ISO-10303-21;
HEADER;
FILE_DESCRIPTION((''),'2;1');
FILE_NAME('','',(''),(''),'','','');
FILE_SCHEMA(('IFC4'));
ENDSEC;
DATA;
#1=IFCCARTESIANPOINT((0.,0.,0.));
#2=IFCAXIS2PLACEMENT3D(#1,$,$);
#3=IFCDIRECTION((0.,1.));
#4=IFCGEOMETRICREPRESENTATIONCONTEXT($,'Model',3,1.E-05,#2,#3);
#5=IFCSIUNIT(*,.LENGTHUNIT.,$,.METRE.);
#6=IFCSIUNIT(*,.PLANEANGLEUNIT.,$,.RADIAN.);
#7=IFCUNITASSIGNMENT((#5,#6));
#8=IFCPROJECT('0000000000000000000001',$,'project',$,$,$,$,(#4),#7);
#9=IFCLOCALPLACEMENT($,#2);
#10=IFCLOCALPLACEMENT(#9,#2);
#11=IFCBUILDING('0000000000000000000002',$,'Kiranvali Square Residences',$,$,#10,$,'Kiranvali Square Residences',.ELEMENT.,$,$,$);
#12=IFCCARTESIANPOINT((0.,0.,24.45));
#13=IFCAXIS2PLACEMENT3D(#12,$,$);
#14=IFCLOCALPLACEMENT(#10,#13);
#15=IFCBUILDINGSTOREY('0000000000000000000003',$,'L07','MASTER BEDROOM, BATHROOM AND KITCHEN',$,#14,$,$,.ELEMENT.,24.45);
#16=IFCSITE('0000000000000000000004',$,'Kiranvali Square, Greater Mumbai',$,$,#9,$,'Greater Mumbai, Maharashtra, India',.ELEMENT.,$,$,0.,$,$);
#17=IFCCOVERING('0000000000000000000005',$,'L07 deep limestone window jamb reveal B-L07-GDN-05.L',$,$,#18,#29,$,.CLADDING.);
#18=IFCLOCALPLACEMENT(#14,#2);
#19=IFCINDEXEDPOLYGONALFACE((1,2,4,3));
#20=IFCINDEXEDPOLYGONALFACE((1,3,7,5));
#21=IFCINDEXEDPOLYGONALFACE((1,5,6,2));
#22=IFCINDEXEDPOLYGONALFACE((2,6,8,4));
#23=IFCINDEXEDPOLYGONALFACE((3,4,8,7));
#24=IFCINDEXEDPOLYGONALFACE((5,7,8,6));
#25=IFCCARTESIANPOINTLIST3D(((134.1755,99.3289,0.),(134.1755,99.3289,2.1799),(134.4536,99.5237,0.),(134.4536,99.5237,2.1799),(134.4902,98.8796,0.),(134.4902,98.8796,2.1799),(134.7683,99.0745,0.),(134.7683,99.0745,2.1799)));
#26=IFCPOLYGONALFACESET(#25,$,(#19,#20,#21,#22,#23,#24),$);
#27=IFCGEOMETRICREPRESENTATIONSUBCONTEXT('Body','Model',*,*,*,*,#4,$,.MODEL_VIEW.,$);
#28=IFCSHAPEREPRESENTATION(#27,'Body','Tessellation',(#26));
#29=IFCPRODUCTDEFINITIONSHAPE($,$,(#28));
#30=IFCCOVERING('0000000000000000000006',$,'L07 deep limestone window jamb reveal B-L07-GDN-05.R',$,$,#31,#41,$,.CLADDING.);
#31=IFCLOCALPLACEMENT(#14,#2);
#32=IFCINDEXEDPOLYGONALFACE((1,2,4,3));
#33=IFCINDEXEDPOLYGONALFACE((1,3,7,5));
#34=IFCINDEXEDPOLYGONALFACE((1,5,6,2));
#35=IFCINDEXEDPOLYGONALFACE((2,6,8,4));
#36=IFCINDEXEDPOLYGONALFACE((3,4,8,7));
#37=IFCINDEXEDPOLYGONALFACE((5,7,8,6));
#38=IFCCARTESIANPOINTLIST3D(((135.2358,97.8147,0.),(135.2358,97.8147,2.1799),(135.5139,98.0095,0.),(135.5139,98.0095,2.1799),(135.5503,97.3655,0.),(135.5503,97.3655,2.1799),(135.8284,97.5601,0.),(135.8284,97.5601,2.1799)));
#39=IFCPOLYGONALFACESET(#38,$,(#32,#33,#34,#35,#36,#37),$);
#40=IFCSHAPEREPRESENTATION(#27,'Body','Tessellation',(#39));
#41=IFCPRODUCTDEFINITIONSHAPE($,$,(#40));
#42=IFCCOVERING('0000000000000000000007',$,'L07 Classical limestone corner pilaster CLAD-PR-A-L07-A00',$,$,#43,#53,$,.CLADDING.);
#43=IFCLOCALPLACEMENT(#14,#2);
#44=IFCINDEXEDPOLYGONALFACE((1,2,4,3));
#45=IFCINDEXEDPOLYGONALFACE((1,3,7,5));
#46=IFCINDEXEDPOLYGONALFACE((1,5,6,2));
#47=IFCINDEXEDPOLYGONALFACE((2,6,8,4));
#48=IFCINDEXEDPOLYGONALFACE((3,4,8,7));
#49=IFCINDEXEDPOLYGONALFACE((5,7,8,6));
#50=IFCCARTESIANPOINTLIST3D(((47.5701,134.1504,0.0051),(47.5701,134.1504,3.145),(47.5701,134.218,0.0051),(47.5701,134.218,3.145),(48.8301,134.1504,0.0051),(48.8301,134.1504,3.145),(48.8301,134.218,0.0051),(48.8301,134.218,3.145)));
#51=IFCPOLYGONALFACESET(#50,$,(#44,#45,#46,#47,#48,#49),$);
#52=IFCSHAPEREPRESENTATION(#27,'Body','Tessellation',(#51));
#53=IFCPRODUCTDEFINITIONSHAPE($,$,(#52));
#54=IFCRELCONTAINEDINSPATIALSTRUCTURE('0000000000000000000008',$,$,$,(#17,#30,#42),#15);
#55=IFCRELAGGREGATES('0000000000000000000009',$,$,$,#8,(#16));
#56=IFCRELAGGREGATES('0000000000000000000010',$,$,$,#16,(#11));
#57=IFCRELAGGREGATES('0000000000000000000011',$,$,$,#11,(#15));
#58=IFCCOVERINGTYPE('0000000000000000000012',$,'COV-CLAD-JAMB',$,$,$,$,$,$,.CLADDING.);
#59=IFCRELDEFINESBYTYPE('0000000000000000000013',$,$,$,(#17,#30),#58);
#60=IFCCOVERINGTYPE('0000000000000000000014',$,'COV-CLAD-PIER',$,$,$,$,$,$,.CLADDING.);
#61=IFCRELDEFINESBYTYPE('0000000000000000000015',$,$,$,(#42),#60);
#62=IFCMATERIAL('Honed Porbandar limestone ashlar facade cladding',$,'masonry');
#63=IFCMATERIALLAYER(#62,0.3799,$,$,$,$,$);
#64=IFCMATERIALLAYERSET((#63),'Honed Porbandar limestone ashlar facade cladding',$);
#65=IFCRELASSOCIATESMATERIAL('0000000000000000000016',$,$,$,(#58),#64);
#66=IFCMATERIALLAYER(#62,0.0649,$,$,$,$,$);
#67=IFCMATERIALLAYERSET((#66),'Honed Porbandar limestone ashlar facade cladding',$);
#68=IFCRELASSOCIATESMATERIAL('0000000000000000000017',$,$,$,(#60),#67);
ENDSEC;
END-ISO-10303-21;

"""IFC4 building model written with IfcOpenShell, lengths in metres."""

from ifc_helpers import new_model, si_unit, direction, frame, origin, place, context, subcontext, project, spatial, polyline, outline, extrude, material, layer, layer_set, type_object, element, save


model = new_model("IFC4")

# Units and contexts
model_context = context("Model", 3, precision=1e-05, world=origin(), true_north=direction((0.0, 1.0)))
body_context = subcontext(model_context, "Body", "Model", "MODEL_VIEW")
ifc_project = project(units=[si_unit("LENGTHUNIT", "METRE"), si_unit("PLANEANGLEUNIT", "RADIAN")], contexts=[model_context])

# Site, building, storey
site_placement = place(None, origin())
site = spatial("IfcSite", under=ifc_project, at=site_placement, Name="Kiranvali Square, Greater Mumbai", LongName="Greater Mumbai, Maharashtra, India", CompositionType="ELEMENT", RefElevation=0.0)
building_placement = place(site_placement, origin())
building = spatial("IfcBuilding", under=site, at=building_placement, Name="Kiranvali Square Residences", LongName="Kiranvali Square Residences", CompositionType="ELEMENT")
storey_placement = place(building_placement, frame((0.0, 0.0, 24.45)))
storey = spatial("IfcBuildingStorey", under=building, at=storey_placement, Name="L07", Description="MASTER BEDROOM, BATHROOM AND KITCHEN", CompositionType="ELEMENT", Elevation=24.45)

# Coverings
ifc_material_1 = material(Name="Honed Porbandar limestone ashlar facade cladding", Category="masonry")
ifc_layer_1 = layer(ifc_material_1, 0.3799)
ifc_layer_set_1 = layer_set([ifc_layer_1], Name="Honed Porbandar limestone ashlar facade cladding")
covering_type_1 = type_object("IfcCoveringType", Name="COV-CLAD-JAMB", PredefinedType="CLADDING", material=ifc_layer_set_1)
covering_1_placement = place(storey_placement, origin())
element("IfcCovering", 1, at=covering_1_placement, inside=storey, type_object=covering_type_1, Name="L07 deep limestone window jamb reveal B-L07-GDN-05.L", PredefinedType="CLADDING", context=body_context, shape_type="SweptSolid", body=[
    extrude(outline(polyline([(134.1755, 99.3289), (134.4902, 98.8796), (134.7683, 99.0745), (134.4536, 99.5237), (134.1755, 99.3289)])), origin(), (0.0, 0.0, 1.0), 2.1799),
])
covering_2_placement = place(storey_placement, origin())
element("IfcCovering", 2, at=covering_2_placement, inside=storey, type_object=covering_type_1, Name="L07 deep limestone window jamb reveal B-L07-GDN-05.R", PredefinedType="CLADDING", context=body_context, shape_type="SweptSolid", body=[
    extrude(outline(polyline([(135.2358, 97.8147), (135.5503, 97.3655), (135.8284, 97.5601), (135.5139, 98.0095), (135.2358, 97.8147)])), origin(), (0.0, 0.0, 1.0), 2.1799),
])
ifc_layer_2 = layer(ifc_material_1, 0.0649)
ifc_layer_set_2 = layer_set([ifc_layer_2], Name="Honed Porbandar limestone ashlar facade cladding")
covering_type_2 = type_object("IfcCoveringType", Name="COV-CLAD-PIER", PredefinedType="CLADDING", material=ifc_layer_set_2)
covering_3_placement = place(storey_placement, frame((0.0, 0.0, 0.0051)))
element("IfcCovering", 3, at=covering_3_placement, inside=storey, type_object=covering_type_2, Name="L07 Classical limestone corner pilaster CLAD-PR-A-L07-A00", PredefinedType="CLADDING", context=body_context, shape_type="SweptSolid", body=[
    extrude(outline(polyline([(48.8301, 134.218), (47.5701, 134.218), (47.5701, 134.1504), (48.8301, 134.1504), (48.8301, 134.218)])), origin(), (0.0, 0.0, 1.0), 3.1399),
])

save(model, "model.ifc")
